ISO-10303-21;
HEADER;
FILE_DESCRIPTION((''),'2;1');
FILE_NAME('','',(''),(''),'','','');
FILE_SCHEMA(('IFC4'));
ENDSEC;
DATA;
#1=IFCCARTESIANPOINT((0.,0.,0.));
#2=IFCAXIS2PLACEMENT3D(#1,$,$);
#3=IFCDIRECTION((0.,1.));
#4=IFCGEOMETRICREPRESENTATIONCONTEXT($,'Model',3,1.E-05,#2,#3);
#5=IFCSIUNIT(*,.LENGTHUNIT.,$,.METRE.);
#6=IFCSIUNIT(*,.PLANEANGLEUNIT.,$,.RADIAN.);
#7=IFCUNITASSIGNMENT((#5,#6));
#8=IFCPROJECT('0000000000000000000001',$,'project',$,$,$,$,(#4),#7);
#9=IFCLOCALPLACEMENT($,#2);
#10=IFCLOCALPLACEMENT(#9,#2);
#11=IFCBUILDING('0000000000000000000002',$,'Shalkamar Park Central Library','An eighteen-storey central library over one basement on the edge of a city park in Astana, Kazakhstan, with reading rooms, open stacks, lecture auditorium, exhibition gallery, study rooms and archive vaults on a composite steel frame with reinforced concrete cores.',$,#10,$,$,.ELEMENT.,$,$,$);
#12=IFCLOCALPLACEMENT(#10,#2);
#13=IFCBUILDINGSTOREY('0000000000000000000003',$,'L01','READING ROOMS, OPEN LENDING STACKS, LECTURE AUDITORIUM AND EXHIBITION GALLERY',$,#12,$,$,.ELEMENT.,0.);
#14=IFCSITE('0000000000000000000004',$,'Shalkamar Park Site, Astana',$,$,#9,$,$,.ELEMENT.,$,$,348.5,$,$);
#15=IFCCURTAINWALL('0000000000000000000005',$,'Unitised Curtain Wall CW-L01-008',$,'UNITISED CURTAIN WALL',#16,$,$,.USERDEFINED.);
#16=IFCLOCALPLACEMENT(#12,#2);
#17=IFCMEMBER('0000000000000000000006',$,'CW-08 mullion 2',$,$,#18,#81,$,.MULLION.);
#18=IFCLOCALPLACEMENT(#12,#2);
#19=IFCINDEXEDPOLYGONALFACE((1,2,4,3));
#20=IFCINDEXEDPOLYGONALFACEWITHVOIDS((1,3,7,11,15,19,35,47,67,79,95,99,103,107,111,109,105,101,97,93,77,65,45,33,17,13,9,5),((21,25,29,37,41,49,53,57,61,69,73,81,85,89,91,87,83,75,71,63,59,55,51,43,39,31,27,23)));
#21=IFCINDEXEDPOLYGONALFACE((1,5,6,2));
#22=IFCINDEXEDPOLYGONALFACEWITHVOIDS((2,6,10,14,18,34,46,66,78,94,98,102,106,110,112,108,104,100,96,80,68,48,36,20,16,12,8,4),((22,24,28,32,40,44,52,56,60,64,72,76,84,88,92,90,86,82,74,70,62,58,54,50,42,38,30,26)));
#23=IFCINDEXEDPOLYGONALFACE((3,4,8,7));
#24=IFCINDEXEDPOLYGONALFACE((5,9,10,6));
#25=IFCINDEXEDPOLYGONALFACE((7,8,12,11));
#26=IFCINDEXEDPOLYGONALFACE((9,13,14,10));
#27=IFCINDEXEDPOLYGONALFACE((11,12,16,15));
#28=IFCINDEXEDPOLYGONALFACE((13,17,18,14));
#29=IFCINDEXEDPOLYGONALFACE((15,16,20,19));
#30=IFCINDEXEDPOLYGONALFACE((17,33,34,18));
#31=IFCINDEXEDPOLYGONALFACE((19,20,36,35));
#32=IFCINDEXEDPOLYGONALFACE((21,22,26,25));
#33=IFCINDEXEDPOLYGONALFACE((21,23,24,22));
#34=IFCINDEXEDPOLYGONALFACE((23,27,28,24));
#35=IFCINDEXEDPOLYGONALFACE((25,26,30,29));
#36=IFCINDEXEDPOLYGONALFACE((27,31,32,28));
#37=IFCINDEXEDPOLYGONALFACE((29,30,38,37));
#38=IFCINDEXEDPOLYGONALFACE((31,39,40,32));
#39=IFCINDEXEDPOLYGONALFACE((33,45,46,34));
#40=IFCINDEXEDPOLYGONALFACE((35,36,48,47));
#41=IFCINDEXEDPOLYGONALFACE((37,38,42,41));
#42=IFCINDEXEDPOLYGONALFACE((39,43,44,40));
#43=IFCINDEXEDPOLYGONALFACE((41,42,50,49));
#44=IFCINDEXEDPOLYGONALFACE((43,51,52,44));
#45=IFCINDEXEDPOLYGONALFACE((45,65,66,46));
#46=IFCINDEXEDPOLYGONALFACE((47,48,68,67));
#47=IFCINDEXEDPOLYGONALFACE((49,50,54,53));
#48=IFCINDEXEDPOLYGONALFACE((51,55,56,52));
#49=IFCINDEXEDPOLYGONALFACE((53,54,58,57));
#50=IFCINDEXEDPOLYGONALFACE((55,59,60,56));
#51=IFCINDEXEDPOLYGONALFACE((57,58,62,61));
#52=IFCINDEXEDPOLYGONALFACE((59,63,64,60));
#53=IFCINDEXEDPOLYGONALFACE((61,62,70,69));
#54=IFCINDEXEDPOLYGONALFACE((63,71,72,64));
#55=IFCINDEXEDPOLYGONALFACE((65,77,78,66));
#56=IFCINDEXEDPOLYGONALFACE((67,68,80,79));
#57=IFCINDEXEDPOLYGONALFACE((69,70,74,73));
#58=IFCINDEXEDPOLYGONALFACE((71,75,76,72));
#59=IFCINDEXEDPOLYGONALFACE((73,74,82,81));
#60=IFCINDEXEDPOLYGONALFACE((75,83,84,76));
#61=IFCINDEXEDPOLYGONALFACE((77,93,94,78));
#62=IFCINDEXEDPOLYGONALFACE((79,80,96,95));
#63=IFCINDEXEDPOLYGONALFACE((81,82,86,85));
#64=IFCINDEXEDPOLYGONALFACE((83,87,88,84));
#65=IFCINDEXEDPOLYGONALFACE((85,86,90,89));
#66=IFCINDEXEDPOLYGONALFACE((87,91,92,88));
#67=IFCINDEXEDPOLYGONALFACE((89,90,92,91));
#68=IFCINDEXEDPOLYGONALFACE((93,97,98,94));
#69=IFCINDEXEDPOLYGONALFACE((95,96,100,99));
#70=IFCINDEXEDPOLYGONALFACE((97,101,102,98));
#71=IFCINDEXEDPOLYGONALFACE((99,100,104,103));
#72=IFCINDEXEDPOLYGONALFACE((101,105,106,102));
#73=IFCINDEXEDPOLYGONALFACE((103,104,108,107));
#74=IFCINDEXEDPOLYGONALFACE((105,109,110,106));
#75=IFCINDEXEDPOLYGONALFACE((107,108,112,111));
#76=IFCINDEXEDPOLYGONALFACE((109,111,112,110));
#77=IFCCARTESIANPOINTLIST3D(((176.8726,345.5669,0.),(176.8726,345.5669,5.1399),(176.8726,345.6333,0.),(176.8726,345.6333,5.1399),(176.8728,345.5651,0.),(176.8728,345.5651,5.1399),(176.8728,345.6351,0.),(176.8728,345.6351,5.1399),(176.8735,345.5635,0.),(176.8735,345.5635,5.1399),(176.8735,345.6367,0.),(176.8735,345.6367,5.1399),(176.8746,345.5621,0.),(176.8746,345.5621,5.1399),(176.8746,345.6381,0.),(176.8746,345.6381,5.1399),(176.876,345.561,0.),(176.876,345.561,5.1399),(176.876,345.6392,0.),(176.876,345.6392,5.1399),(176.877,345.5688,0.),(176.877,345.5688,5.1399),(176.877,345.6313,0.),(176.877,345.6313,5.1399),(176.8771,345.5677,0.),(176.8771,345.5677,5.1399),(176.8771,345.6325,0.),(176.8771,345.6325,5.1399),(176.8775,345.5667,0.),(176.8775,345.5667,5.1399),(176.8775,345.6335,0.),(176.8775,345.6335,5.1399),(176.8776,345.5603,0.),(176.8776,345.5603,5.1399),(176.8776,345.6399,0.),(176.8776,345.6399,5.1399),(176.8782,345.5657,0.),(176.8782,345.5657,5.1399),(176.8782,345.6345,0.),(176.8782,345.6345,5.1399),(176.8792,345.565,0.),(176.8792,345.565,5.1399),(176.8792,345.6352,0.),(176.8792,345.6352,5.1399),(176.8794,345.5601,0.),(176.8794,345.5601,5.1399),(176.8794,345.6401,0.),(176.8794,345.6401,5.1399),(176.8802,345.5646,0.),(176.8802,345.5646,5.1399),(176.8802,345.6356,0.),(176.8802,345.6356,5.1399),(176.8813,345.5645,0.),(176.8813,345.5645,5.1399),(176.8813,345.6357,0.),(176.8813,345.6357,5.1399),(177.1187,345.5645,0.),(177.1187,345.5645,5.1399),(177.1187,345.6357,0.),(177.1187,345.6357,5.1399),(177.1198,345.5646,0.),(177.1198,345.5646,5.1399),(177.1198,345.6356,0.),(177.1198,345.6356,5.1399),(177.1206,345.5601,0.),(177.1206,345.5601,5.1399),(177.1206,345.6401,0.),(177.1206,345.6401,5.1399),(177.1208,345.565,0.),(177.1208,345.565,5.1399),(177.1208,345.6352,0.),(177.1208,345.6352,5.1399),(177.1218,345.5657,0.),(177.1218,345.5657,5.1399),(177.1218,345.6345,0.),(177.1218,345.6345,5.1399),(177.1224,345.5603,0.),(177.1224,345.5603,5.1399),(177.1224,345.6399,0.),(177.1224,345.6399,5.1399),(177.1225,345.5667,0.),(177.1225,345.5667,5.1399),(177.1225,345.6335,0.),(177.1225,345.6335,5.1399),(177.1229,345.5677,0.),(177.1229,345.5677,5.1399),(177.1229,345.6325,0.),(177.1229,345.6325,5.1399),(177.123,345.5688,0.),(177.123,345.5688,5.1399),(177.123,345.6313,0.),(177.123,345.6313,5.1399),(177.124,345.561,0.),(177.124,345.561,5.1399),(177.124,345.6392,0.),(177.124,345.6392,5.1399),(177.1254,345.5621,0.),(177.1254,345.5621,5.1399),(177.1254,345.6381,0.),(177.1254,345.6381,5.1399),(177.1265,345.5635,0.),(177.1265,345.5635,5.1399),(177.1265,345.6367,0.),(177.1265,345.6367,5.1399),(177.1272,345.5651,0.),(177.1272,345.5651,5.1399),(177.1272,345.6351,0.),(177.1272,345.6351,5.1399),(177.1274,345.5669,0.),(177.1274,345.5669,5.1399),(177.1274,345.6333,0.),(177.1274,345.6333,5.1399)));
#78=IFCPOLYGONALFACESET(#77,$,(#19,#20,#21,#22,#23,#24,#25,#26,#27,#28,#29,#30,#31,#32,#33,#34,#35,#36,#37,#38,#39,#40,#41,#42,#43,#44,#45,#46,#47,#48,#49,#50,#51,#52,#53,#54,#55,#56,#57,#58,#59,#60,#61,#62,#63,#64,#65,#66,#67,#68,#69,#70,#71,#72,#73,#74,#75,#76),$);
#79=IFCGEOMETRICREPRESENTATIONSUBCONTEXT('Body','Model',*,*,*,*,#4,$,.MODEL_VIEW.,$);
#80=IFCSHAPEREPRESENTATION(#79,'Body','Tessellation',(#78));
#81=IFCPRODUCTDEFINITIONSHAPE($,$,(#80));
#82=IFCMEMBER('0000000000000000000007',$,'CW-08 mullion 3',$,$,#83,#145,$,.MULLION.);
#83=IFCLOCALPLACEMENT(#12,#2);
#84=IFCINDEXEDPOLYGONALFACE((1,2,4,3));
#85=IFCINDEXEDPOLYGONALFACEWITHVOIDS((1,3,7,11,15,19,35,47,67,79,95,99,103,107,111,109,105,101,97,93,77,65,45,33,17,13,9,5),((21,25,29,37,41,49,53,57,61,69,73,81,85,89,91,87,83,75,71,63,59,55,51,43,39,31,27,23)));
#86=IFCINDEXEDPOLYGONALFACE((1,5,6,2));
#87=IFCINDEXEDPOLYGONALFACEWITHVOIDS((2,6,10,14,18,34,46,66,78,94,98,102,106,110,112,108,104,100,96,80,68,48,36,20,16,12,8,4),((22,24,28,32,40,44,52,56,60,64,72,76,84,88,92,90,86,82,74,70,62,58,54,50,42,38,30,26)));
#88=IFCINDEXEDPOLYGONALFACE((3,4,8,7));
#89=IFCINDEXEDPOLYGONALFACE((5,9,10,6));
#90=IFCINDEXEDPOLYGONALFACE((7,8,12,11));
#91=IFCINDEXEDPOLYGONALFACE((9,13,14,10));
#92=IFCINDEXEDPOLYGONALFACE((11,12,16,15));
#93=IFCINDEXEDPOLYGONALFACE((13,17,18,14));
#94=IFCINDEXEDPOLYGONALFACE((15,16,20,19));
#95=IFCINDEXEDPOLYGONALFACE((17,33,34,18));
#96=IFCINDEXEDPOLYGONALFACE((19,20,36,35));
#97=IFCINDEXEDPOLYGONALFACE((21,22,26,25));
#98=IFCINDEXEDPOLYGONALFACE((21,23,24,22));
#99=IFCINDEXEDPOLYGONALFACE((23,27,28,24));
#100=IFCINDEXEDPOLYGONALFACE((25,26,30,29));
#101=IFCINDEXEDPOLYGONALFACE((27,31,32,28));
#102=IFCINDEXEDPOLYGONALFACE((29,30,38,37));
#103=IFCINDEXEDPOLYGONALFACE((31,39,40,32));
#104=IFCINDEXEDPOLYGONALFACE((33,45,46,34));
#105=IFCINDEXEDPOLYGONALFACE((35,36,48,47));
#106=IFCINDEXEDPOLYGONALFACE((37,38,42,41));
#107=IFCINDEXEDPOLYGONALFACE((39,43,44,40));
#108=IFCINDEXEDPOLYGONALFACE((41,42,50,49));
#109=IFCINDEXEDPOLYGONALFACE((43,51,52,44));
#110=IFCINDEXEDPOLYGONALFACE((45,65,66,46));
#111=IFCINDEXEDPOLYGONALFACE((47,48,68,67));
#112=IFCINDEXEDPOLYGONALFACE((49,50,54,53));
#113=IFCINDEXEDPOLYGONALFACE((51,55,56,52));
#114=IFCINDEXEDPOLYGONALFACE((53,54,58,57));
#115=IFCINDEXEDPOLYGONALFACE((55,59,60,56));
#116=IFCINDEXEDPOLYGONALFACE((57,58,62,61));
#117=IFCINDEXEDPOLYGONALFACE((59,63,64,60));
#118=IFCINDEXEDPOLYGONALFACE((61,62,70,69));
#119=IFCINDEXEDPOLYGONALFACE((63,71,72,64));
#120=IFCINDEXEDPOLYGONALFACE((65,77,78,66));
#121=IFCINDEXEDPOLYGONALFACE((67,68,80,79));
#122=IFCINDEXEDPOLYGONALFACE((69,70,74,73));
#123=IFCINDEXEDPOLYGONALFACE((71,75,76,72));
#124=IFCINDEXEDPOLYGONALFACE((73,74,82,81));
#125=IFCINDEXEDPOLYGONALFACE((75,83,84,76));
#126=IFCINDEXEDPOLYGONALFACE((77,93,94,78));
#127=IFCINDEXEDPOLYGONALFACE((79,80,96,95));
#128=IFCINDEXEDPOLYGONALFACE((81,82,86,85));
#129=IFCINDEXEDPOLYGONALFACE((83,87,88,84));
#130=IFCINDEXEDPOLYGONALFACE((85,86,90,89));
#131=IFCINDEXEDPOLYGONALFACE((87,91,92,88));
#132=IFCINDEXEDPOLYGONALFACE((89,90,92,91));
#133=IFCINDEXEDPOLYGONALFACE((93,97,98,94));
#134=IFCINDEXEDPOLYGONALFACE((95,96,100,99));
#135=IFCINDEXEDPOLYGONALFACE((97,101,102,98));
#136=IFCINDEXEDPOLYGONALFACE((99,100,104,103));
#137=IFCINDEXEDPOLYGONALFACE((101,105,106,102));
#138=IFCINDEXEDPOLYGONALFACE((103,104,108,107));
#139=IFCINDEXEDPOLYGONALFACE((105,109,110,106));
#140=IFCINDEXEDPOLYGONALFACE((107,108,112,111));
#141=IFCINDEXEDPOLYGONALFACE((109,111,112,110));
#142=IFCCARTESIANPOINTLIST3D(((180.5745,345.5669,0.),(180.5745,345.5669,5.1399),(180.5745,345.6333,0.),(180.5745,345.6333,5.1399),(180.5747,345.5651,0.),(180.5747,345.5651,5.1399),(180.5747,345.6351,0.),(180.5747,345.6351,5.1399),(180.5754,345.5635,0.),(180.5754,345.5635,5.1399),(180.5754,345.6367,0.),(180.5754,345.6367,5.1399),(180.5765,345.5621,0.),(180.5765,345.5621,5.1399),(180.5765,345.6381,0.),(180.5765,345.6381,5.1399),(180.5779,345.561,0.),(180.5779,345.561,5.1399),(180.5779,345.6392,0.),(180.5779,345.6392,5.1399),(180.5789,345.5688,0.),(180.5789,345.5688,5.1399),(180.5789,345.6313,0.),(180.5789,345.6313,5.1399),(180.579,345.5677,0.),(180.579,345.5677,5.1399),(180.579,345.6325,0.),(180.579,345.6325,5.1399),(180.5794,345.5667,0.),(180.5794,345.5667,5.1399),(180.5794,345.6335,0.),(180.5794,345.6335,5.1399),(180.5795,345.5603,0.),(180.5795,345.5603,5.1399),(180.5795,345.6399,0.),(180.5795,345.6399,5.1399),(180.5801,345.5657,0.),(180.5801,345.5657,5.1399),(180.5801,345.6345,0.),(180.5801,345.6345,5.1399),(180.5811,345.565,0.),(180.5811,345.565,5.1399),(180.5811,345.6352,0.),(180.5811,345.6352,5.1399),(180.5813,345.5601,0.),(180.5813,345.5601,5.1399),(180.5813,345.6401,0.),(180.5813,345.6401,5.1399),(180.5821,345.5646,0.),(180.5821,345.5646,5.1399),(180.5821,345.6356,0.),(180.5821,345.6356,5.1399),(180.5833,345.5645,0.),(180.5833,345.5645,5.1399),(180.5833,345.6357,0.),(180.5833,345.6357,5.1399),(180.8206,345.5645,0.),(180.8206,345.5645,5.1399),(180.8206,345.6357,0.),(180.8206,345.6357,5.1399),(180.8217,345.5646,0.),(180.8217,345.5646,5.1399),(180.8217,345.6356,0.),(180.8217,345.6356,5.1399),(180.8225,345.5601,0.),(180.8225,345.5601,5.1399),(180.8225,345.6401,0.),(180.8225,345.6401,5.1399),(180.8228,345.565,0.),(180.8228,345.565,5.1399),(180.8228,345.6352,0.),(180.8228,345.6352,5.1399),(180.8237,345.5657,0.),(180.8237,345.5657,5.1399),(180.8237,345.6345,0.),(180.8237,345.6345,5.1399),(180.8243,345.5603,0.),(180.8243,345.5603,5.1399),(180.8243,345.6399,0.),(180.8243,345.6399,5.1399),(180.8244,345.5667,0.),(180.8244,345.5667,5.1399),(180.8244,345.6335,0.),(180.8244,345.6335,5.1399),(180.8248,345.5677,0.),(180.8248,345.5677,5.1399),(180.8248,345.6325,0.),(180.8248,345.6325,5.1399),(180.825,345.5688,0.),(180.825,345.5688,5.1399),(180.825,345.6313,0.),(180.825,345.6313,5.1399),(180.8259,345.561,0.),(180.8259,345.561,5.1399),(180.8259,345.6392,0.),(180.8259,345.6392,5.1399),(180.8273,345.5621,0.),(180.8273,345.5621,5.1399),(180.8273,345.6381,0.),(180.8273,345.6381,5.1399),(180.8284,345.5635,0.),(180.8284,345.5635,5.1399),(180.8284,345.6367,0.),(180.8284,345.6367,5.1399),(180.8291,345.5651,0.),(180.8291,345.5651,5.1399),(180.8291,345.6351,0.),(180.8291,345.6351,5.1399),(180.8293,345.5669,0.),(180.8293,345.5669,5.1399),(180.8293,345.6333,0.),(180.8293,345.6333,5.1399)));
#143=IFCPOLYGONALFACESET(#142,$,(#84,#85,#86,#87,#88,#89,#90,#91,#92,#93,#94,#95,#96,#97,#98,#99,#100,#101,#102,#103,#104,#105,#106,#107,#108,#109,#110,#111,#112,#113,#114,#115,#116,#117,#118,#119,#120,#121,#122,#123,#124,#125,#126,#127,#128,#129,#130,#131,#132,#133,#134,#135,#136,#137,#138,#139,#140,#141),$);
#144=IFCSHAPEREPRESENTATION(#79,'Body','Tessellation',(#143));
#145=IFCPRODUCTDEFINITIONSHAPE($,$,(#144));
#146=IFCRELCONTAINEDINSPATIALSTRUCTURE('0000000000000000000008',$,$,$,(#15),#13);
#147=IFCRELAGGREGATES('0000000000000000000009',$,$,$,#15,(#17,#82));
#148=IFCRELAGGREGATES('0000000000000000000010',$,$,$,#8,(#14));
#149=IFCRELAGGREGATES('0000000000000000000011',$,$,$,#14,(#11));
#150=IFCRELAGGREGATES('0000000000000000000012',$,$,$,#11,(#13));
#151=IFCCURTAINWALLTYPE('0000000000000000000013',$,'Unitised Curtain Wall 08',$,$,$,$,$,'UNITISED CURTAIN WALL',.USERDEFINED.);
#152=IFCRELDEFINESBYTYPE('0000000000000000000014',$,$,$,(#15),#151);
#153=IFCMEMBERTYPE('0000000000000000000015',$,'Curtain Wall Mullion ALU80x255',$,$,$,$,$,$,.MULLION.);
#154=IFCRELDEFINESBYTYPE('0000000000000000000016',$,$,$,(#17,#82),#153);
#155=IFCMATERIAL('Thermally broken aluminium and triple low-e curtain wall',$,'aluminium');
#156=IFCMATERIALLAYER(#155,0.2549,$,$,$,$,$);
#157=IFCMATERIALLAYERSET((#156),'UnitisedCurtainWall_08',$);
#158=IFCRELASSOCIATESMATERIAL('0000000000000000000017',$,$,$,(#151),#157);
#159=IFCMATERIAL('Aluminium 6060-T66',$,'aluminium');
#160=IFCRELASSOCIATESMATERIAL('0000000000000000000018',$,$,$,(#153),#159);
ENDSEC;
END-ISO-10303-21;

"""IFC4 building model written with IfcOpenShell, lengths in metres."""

from ifc_helpers import new_model, si_unit, direction, frame, origin, origin_2d, place, context, subcontext, project, spatial, hollow_rectangle, extrude, material, layer, layer_set, material_profile, profile_set, type_object, element, aggregate, save


model = new_model("IFC4")

# Units and contexts
model_context = context("Model", 3, precision=1e-05, world=origin(), true_north=direction((0.0, 1.0)))
body_context = subcontext(model_context, "Body", "Model", "MODEL_VIEW")
ifc_project = project(units=[si_unit("LENGTHUNIT", "METRE"), si_unit("PLANEANGLEUNIT", "RADIAN")], contexts=[model_context])

# Site, building, storey
site_placement = place(None, origin())
site = spatial("IfcSite", under=ifc_project, at=site_placement, Name="Shalkamar Park Site, Astana", CompositionType="ELEMENT", RefElevation=348.5)
building_placement = place(site_placement, origin())
building = spatial("IfcBuilding", under=site, at=building_placement, Name="Shalkamar Park Central Library", Description="An eighteen-storey central library over one basement on the edge of a city park in Astana, Kazakhstan, with reading rooms, open stacks, lecture auditorium, exhibition gallery, study rooms and archive vaults on a composite steel frame with reinforced concrete cores.", CompositionType="ELEMENT")
storey_placement = place(building_placement, origin())
storey = spatial("IfcBuildingStorey", under=building, at=storey_placement, Name="L01", Description="READING ROOMS, OPEN LENDING STACKS, LECTURE AUDITORIUM AND EXHIBITION GALLERY", CompositionType="ELEMENT", Elevation=0.0)

# Curtain wall, members
ifc_material_1 = material(Name="Thermally broken aluminium and triple low-e curtain wall", Category="aluminium")
ifc_layer_1 = layer(ifc_material_1, 0.2549)
ifc_layer_set_1 = layer_set([ifc_layer_1], Name="UnitisedCurtainWall_08")
curtain_wall_type = type_object("IfcCurtainWallType", Name="Unitised Curtain Wall 08", ElementType="UNITISED CURTAIN WALL", PredefinedType="USERDEFINED", material=ifc_layer_set_1)
curtain_wall_placement = place(storey_placement, origin())
curtain_wall = element("IfcCurtainWall", 1, at=curtain_wall_placement, inside=storey, type_object=curtain_wall_type, Name="Unitised Curtain Wall CW-L01-008", ObjectType="UNITISED CURTAIN WALL", PredefinedType="USERDEFINED")
ifc_material_2 = material(Name="Aluminium 6060-T66", Category="aluminium")
ifc_material_profile_1 = material_profile(ifc_material_2, hollow_rectangle(XDim=0.0801, YDim=0.2549, WallThickness=0.0044, InnerFilletRadius=0.0044, OuterFilletRadius=0.0068, at=origin_2d()), Name="ALU 80x255x4.5")
ifc_profile_set_1 = profile_set([ifc_material_profile_1], Name="Aluminium 6060-T66")
member_type_1 = type_object("IfcMemberType", Name="Curtain Wall Mullion ALU80x255", PredefinedType="MULLION", material=ifc_profile_set_1)
member_1_placement = place(storey_placement, frame((177.0, 345.6001, 0.0), z_axis=(0.0, 0.0, 1.0), x_axis=(0.0, 1.0, 0.0)))
member_1 = element("IfcMember", 2, at=member_1_placement, type_object=member_type_1, Name="CW-08 mullion 2", PredefinedType="MULLION", context=body_context, shape_type="SweptSolid", body=[
    extrude(hollow_rectangle(XDim=0.0801, YDim=0.2549, WallThickness=0.0044, InnerFilletRadius=0.0044, OuterFilletRadius=0.0068, at=origin_2d()), origin(), (0.0, 0.0, 1.0), 5.1399),
])
member_2_placement = place(storey_placement, frame((180.7019, 345.6001, 0.0), z_axis=(0.0, 0.0, 1.0), x_axis=(0.0, 1.0, 0.0)))
member_2 = element("IfcMember", 3, at=member_2_placement, type_object=member_type_1, Name="CW-08 mullion 3", PredefinedType="MULLION", context=body_context, shape_type="SweptSolid", body=[
    extrude(hollow_rectangle(XDim=0.0801, YDim=0.2549, WallThickness=0.0044, InnerFilletRadius=0.0044, OuterFilletRadius=0.0068, at=origin_2d()), origin(), (0.0, 0.0, 1.0), 5.1399),
])

aggregate(curtain_wall, [member_1, member_2])

save(model, "model.ifc")
